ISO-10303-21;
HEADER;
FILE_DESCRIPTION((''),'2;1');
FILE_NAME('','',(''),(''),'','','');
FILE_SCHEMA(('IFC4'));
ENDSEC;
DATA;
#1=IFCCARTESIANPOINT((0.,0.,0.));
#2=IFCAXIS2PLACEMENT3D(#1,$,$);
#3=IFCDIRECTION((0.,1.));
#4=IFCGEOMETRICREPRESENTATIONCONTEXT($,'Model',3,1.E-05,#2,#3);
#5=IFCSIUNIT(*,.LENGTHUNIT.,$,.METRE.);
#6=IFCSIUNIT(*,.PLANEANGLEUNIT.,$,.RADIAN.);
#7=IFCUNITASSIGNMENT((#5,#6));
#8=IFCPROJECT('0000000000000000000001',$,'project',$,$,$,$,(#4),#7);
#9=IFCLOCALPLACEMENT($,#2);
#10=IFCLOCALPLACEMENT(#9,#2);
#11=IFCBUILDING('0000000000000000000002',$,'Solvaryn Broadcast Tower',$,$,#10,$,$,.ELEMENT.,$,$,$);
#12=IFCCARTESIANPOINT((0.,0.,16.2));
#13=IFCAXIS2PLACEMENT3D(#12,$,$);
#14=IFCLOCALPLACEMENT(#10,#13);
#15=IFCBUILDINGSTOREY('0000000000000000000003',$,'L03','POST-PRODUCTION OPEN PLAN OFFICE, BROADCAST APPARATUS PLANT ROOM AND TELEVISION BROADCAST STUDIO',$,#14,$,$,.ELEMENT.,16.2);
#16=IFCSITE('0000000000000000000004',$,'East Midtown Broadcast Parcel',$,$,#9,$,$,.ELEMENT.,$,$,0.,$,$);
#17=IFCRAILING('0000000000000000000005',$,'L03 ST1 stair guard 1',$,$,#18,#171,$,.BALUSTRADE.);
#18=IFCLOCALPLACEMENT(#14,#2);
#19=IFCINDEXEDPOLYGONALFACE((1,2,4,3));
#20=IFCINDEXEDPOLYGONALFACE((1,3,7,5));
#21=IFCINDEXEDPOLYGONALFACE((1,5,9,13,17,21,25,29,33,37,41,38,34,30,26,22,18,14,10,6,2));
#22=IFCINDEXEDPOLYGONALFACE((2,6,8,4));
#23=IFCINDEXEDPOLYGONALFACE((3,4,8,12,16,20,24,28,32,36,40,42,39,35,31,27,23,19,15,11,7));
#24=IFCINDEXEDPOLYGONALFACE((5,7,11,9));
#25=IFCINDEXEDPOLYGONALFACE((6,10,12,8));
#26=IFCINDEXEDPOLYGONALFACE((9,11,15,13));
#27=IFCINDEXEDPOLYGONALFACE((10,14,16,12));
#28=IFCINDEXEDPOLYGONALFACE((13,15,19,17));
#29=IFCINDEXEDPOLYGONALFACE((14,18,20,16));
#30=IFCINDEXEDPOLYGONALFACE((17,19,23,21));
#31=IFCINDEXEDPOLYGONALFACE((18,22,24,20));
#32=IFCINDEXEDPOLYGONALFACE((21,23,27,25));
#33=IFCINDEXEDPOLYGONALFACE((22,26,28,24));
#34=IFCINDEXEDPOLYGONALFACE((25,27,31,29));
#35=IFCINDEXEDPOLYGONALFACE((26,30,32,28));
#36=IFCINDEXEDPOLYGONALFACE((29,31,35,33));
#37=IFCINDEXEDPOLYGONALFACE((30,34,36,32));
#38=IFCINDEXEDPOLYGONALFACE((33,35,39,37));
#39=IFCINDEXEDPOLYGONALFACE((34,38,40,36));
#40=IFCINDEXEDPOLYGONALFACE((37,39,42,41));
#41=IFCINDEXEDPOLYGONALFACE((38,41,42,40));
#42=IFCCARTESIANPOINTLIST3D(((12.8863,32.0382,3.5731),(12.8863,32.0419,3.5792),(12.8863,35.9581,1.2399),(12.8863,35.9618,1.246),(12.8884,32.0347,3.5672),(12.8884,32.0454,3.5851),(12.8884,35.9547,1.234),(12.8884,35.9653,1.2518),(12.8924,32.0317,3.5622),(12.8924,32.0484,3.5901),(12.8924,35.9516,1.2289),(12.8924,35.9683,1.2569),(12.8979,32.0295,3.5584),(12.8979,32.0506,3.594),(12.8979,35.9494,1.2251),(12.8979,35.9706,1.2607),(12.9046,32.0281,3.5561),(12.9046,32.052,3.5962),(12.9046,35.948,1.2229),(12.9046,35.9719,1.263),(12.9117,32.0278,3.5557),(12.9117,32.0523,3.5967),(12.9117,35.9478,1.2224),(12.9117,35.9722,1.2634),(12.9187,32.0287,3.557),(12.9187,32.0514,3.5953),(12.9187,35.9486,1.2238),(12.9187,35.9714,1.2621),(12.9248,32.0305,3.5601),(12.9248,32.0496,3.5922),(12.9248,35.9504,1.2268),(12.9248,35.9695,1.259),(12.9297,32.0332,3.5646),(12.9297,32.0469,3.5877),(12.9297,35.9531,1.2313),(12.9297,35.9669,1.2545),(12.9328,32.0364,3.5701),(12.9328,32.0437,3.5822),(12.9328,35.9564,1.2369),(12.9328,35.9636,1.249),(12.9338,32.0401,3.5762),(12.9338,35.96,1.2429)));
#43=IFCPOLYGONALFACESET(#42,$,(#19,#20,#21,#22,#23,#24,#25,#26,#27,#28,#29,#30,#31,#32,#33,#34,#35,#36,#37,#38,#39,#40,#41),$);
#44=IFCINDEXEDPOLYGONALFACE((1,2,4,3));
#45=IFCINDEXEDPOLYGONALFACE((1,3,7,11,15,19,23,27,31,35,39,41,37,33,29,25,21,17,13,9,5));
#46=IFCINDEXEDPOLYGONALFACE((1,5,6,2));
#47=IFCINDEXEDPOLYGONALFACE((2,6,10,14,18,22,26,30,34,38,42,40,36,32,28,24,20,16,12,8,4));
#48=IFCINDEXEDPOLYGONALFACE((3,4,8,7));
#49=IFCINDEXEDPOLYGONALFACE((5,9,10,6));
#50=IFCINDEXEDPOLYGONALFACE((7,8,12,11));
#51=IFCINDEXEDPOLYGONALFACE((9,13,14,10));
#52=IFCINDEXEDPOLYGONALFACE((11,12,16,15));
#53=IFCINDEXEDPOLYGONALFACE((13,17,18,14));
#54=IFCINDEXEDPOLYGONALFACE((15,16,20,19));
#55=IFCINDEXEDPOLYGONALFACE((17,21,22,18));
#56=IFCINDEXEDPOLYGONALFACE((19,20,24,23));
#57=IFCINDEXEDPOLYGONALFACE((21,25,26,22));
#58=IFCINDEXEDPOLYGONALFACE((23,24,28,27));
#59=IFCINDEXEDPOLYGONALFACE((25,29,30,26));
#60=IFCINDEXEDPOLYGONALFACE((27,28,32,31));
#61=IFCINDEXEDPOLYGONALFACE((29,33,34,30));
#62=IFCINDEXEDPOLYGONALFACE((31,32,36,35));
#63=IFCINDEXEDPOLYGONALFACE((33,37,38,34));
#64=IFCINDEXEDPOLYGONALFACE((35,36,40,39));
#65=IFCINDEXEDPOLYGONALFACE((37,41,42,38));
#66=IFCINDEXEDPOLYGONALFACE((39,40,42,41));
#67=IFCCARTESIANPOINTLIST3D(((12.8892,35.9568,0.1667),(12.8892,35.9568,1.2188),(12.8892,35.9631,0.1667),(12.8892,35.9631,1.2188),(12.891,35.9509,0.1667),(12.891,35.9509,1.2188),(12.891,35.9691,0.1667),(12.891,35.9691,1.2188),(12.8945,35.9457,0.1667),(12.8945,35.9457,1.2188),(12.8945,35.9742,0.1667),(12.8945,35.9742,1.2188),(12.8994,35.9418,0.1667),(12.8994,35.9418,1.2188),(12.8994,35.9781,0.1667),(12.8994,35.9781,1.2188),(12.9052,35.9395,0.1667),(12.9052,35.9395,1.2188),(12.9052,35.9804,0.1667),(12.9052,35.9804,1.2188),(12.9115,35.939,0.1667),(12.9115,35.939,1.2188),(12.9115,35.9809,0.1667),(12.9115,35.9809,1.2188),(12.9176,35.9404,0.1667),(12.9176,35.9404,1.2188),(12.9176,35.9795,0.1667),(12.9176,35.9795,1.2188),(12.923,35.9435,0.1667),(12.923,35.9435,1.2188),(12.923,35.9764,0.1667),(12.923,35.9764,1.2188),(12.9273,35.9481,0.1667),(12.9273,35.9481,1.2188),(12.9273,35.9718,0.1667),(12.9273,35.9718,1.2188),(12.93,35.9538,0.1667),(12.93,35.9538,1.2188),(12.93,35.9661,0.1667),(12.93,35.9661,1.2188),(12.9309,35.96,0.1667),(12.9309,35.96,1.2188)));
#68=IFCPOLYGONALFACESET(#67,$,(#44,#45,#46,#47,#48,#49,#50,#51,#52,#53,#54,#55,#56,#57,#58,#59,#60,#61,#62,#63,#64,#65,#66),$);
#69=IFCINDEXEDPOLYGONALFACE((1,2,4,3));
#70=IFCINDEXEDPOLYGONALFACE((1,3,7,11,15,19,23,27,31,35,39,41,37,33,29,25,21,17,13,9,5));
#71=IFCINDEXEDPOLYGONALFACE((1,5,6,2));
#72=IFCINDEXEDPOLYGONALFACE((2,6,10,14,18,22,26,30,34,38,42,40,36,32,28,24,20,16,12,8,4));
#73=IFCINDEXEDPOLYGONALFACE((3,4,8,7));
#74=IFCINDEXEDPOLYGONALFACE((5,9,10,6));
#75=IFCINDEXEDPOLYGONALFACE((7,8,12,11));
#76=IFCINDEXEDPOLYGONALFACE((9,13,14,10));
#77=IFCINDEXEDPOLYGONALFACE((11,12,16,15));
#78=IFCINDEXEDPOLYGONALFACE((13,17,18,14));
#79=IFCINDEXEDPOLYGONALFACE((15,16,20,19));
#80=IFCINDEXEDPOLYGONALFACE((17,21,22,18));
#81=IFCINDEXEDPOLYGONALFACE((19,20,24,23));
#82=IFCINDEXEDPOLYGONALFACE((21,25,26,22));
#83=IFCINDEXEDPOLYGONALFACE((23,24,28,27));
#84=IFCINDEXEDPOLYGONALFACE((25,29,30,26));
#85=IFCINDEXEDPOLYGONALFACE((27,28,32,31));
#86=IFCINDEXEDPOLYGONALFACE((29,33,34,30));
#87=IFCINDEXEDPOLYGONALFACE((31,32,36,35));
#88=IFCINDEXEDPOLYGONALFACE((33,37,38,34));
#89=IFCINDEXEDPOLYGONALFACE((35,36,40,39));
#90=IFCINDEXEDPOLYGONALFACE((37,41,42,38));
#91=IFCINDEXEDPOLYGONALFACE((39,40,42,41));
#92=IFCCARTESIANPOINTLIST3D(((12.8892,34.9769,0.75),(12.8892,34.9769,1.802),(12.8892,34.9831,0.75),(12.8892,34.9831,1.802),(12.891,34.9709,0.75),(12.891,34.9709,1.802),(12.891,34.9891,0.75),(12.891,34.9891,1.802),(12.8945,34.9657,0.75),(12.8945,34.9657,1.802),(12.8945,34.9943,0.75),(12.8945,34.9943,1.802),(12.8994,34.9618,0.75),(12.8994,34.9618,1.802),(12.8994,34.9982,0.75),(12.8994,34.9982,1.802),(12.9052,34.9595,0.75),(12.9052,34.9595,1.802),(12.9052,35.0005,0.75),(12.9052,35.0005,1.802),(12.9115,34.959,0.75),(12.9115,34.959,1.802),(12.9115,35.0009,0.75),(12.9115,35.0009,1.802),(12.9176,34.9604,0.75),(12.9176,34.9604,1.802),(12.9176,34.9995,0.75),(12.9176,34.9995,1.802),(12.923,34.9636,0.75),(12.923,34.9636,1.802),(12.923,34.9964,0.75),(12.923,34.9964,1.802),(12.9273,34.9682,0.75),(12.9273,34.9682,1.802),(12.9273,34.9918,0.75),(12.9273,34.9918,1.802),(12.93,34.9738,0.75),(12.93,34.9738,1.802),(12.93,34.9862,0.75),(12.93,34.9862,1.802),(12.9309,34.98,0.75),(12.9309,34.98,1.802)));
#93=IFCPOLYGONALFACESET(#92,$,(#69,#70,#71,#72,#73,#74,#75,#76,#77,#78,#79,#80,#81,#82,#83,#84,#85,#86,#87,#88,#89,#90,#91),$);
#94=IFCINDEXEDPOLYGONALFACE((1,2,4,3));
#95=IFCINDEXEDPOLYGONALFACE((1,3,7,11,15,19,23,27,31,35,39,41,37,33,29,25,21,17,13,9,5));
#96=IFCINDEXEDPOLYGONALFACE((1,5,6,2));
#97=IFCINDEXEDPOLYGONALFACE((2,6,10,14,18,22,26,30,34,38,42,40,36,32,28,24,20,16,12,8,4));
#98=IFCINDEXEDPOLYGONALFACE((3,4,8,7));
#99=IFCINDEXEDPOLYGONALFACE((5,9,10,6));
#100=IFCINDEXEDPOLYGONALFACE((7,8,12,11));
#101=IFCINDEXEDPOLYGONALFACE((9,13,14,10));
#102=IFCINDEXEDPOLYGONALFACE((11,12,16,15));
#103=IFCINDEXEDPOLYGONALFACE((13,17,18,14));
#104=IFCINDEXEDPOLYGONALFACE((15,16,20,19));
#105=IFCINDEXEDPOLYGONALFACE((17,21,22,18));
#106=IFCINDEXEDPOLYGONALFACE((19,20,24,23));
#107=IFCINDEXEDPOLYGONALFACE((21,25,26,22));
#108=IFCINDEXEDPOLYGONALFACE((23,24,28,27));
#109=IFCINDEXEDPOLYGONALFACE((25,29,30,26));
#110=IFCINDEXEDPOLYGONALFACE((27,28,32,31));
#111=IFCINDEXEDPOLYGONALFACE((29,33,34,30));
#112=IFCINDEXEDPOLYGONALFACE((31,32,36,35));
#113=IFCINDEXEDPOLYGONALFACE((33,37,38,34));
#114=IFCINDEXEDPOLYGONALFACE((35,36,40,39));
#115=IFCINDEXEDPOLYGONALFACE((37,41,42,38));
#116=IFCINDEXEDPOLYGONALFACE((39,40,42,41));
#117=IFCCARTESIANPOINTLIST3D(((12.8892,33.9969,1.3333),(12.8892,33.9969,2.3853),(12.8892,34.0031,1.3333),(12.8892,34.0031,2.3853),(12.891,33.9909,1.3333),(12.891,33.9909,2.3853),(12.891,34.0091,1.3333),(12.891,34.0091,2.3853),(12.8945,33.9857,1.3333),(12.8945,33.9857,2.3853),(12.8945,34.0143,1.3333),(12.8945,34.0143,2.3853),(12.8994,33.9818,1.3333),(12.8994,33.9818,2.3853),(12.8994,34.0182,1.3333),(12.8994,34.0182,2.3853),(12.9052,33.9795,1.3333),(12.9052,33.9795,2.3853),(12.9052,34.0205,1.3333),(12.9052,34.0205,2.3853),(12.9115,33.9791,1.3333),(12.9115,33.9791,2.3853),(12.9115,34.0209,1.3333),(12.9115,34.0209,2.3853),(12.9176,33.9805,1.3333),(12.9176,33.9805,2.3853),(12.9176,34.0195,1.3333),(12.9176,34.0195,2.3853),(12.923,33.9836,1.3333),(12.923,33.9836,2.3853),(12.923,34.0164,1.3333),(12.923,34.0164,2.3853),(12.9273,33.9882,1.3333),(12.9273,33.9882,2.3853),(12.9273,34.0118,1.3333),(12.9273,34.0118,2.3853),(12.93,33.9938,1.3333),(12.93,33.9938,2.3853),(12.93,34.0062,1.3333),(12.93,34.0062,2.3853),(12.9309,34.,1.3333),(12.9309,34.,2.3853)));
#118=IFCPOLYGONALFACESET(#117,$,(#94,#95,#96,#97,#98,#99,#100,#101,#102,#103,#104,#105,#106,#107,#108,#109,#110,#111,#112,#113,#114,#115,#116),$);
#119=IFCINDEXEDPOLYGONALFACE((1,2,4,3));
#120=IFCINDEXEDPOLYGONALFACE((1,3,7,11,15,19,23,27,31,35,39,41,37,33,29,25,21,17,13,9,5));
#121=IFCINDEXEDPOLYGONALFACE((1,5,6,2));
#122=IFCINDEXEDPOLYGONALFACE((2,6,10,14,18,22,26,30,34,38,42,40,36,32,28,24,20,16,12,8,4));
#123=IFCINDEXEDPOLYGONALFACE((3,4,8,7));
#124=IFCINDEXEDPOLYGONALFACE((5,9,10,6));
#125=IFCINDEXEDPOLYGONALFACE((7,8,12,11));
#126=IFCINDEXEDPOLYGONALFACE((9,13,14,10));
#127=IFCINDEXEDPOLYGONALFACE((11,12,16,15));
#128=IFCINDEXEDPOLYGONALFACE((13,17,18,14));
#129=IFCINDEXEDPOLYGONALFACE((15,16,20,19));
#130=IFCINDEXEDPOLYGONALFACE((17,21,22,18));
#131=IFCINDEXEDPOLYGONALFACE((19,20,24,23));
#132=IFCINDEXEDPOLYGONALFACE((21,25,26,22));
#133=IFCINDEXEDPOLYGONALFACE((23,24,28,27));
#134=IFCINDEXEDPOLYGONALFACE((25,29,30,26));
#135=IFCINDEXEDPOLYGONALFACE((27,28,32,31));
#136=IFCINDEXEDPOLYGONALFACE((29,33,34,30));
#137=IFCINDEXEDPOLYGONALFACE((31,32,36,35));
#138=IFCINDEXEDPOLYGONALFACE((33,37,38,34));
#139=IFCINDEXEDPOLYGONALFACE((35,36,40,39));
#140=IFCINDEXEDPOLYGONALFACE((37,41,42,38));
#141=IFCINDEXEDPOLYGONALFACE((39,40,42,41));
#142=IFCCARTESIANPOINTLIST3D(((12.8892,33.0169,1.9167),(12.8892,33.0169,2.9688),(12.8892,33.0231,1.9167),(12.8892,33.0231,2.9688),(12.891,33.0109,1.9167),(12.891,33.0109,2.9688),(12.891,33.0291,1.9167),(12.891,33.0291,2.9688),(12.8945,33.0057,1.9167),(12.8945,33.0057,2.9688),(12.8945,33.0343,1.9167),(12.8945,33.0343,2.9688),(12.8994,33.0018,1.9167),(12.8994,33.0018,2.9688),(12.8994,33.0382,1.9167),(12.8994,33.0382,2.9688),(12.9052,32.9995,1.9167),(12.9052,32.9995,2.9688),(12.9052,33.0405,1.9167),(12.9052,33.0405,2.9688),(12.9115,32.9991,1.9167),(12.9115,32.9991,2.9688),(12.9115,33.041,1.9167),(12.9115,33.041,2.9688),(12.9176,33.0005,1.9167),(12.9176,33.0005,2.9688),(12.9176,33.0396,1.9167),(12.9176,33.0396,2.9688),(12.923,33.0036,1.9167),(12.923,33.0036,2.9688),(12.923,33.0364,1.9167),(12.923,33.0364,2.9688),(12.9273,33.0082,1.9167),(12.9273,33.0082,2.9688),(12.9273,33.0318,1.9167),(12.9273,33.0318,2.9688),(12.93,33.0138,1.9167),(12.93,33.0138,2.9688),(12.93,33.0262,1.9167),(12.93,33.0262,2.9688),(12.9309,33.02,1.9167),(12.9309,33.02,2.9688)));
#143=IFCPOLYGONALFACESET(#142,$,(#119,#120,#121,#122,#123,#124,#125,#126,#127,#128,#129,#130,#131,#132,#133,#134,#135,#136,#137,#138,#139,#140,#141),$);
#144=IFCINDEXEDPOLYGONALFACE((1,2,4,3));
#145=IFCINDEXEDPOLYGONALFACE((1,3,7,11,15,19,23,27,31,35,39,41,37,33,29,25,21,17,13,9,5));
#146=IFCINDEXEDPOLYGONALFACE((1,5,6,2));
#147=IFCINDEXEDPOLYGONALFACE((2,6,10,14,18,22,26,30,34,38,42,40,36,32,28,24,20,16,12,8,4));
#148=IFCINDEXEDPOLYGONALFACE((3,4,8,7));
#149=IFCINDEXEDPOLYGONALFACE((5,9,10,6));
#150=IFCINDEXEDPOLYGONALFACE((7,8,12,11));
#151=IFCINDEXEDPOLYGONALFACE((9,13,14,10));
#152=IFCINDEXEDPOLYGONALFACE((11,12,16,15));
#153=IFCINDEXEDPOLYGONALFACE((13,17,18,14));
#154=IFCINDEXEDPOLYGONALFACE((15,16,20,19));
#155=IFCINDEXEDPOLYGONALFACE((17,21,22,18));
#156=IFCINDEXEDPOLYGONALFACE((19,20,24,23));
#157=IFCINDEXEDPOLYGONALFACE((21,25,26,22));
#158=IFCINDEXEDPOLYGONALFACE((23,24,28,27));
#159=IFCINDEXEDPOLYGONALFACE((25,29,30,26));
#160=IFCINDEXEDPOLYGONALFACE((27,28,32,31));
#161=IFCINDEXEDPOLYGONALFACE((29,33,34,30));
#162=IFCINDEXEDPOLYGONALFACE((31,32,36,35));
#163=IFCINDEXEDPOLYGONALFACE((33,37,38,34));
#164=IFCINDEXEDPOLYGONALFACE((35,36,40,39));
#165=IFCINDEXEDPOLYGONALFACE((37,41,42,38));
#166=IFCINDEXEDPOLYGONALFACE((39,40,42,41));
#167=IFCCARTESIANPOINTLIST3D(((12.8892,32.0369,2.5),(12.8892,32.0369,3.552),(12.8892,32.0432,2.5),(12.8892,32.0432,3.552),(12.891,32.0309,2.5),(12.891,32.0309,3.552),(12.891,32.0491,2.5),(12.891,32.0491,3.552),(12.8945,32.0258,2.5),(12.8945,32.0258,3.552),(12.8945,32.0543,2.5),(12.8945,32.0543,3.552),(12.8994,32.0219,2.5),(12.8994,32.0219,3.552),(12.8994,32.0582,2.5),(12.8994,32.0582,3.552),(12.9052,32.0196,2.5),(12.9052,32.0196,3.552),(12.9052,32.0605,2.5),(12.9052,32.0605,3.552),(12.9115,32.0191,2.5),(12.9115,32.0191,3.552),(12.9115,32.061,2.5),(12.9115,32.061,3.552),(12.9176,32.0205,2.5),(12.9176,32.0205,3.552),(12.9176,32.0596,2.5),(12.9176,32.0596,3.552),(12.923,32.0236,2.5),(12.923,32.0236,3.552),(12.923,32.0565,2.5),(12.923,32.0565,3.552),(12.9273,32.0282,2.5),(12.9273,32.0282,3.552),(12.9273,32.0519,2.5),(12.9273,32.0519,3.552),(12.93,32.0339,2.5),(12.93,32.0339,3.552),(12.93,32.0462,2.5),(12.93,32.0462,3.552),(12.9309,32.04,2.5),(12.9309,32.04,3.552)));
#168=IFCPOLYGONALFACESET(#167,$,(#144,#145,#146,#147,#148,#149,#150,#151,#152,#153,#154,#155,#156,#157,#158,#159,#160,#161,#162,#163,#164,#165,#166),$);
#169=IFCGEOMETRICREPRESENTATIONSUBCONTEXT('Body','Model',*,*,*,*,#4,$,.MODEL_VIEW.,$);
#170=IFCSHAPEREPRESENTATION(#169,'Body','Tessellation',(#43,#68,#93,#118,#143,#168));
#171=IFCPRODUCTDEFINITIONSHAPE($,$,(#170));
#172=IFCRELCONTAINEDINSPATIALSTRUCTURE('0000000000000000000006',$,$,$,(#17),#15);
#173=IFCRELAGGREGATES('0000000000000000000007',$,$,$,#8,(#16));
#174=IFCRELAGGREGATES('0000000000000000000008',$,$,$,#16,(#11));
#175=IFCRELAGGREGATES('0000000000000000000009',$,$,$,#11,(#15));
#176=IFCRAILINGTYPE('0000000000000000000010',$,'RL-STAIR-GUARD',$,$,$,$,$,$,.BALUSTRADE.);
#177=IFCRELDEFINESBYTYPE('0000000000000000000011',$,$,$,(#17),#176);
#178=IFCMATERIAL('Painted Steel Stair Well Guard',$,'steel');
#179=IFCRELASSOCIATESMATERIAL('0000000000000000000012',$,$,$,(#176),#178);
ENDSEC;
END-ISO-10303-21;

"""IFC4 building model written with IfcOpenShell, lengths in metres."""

from ifc_helpers import new_model, si_unit, direction, frame, origin, origin_2d, place, context, subcontext, project, spatial, circle, extrude, material, type_object, element, save


model = new_model("IFC4")

# Units and contexts
model_context = context("Model", 3, precision=1e-05, world=origin(), true_north=direction((0.0, 1.0)))
body_context = subcontext(model_context, "Body", "Model", "MODEL_VIEW")
ifc_project = project(units=[si_unit("LENGTHUNIT", "METRE"), si_unit("PLANEANGLEUNIT", "RADIAN")], contexts=[model_context])

# Site, building, storey
site_placement = place(None, origin())
site = spatial("IfcSite", under=ifc_project, at=site_placement, Name="East Midtown Broadcast Parcel", CompositionType="ELEMENT", RefElevation=0.0)
building_placement = place(site_placement, origin())
building = spatial("IfcBuilding", under=site, at=building_placement, Name="Solvaryn Broadcast Tower", CompositionType="ELEMENT")
storey_placement = place(building_placement, frame((0.0, 0.0, 16.2)))
storey = spatial("IfcBuildingStorey", under=building, at=storey_placement, Name="L03", Description="POST-PRODUCTION OPEN PLAN OFFICE, BROADCAST APPARATUS PLANT ROOM AND TELEVISION BROADCAST STUDIO", CompositionType="ELEMENT", Elevation=16.2)

# Railing
ifc_material_1 = material(Name="Painted Steel Stair Well Guard", Category="steel")
railing_type_1 = type_object("IfcRailingType", Name="RL-STAIR-GUARD", PredefinedType="BALUSTRADE", material=ifc_material_1)
railing_1_placement = place(storey_placement, frame((12.9099, 35.96, 0.1667)))
element("IfcRailing", 1, at=railing_1_placement, inside=storey, type_object=railing_type_1, Name="L03 ST1 stair guard 1", PredefinedType="BALUSTRADE", context=body_context, shape_type="SweptSolid", body=[
    extrude(circle(Radius=0.0239, at=origin_2d()), frame((0.0, 0.0, 1.0762), z_axis=(0.0, -0.859296, 0.511478), x_axis=(1.0, 0.0, 0.0)), (0.0, 0.0, 1.0), 4.5618),
    extrude(circle(Radius=0.021, at=origin_2d()), origin(), (0.0, 0.0, 1.0), 1.052),
    extrude(circle(Radius=0.021, at=origin_2d()), frame((0.0, -0.98, 0.5833)), (0.0, 0.0, 1.0), 1.052),
    extrude(circle(Radius=0.021, at=origin_2d()), frame((0.0, -1.96, 1.1665)), (0.0, 0.0, 1.0), 1.052),
    extrude(circle(Radius=0.021, at=origin_2d()), frame((0.0, -2.9399, 1.75)), (0.0, 0.0, 1.0), 1.052),
    extrude(circle(Radius=0.021, at=origin_2d()), frame((0.0, -3.9199, 2.3333)), (0.0, 0.0, 1.0), 1.052),
])

save(model, "model.ifc")
